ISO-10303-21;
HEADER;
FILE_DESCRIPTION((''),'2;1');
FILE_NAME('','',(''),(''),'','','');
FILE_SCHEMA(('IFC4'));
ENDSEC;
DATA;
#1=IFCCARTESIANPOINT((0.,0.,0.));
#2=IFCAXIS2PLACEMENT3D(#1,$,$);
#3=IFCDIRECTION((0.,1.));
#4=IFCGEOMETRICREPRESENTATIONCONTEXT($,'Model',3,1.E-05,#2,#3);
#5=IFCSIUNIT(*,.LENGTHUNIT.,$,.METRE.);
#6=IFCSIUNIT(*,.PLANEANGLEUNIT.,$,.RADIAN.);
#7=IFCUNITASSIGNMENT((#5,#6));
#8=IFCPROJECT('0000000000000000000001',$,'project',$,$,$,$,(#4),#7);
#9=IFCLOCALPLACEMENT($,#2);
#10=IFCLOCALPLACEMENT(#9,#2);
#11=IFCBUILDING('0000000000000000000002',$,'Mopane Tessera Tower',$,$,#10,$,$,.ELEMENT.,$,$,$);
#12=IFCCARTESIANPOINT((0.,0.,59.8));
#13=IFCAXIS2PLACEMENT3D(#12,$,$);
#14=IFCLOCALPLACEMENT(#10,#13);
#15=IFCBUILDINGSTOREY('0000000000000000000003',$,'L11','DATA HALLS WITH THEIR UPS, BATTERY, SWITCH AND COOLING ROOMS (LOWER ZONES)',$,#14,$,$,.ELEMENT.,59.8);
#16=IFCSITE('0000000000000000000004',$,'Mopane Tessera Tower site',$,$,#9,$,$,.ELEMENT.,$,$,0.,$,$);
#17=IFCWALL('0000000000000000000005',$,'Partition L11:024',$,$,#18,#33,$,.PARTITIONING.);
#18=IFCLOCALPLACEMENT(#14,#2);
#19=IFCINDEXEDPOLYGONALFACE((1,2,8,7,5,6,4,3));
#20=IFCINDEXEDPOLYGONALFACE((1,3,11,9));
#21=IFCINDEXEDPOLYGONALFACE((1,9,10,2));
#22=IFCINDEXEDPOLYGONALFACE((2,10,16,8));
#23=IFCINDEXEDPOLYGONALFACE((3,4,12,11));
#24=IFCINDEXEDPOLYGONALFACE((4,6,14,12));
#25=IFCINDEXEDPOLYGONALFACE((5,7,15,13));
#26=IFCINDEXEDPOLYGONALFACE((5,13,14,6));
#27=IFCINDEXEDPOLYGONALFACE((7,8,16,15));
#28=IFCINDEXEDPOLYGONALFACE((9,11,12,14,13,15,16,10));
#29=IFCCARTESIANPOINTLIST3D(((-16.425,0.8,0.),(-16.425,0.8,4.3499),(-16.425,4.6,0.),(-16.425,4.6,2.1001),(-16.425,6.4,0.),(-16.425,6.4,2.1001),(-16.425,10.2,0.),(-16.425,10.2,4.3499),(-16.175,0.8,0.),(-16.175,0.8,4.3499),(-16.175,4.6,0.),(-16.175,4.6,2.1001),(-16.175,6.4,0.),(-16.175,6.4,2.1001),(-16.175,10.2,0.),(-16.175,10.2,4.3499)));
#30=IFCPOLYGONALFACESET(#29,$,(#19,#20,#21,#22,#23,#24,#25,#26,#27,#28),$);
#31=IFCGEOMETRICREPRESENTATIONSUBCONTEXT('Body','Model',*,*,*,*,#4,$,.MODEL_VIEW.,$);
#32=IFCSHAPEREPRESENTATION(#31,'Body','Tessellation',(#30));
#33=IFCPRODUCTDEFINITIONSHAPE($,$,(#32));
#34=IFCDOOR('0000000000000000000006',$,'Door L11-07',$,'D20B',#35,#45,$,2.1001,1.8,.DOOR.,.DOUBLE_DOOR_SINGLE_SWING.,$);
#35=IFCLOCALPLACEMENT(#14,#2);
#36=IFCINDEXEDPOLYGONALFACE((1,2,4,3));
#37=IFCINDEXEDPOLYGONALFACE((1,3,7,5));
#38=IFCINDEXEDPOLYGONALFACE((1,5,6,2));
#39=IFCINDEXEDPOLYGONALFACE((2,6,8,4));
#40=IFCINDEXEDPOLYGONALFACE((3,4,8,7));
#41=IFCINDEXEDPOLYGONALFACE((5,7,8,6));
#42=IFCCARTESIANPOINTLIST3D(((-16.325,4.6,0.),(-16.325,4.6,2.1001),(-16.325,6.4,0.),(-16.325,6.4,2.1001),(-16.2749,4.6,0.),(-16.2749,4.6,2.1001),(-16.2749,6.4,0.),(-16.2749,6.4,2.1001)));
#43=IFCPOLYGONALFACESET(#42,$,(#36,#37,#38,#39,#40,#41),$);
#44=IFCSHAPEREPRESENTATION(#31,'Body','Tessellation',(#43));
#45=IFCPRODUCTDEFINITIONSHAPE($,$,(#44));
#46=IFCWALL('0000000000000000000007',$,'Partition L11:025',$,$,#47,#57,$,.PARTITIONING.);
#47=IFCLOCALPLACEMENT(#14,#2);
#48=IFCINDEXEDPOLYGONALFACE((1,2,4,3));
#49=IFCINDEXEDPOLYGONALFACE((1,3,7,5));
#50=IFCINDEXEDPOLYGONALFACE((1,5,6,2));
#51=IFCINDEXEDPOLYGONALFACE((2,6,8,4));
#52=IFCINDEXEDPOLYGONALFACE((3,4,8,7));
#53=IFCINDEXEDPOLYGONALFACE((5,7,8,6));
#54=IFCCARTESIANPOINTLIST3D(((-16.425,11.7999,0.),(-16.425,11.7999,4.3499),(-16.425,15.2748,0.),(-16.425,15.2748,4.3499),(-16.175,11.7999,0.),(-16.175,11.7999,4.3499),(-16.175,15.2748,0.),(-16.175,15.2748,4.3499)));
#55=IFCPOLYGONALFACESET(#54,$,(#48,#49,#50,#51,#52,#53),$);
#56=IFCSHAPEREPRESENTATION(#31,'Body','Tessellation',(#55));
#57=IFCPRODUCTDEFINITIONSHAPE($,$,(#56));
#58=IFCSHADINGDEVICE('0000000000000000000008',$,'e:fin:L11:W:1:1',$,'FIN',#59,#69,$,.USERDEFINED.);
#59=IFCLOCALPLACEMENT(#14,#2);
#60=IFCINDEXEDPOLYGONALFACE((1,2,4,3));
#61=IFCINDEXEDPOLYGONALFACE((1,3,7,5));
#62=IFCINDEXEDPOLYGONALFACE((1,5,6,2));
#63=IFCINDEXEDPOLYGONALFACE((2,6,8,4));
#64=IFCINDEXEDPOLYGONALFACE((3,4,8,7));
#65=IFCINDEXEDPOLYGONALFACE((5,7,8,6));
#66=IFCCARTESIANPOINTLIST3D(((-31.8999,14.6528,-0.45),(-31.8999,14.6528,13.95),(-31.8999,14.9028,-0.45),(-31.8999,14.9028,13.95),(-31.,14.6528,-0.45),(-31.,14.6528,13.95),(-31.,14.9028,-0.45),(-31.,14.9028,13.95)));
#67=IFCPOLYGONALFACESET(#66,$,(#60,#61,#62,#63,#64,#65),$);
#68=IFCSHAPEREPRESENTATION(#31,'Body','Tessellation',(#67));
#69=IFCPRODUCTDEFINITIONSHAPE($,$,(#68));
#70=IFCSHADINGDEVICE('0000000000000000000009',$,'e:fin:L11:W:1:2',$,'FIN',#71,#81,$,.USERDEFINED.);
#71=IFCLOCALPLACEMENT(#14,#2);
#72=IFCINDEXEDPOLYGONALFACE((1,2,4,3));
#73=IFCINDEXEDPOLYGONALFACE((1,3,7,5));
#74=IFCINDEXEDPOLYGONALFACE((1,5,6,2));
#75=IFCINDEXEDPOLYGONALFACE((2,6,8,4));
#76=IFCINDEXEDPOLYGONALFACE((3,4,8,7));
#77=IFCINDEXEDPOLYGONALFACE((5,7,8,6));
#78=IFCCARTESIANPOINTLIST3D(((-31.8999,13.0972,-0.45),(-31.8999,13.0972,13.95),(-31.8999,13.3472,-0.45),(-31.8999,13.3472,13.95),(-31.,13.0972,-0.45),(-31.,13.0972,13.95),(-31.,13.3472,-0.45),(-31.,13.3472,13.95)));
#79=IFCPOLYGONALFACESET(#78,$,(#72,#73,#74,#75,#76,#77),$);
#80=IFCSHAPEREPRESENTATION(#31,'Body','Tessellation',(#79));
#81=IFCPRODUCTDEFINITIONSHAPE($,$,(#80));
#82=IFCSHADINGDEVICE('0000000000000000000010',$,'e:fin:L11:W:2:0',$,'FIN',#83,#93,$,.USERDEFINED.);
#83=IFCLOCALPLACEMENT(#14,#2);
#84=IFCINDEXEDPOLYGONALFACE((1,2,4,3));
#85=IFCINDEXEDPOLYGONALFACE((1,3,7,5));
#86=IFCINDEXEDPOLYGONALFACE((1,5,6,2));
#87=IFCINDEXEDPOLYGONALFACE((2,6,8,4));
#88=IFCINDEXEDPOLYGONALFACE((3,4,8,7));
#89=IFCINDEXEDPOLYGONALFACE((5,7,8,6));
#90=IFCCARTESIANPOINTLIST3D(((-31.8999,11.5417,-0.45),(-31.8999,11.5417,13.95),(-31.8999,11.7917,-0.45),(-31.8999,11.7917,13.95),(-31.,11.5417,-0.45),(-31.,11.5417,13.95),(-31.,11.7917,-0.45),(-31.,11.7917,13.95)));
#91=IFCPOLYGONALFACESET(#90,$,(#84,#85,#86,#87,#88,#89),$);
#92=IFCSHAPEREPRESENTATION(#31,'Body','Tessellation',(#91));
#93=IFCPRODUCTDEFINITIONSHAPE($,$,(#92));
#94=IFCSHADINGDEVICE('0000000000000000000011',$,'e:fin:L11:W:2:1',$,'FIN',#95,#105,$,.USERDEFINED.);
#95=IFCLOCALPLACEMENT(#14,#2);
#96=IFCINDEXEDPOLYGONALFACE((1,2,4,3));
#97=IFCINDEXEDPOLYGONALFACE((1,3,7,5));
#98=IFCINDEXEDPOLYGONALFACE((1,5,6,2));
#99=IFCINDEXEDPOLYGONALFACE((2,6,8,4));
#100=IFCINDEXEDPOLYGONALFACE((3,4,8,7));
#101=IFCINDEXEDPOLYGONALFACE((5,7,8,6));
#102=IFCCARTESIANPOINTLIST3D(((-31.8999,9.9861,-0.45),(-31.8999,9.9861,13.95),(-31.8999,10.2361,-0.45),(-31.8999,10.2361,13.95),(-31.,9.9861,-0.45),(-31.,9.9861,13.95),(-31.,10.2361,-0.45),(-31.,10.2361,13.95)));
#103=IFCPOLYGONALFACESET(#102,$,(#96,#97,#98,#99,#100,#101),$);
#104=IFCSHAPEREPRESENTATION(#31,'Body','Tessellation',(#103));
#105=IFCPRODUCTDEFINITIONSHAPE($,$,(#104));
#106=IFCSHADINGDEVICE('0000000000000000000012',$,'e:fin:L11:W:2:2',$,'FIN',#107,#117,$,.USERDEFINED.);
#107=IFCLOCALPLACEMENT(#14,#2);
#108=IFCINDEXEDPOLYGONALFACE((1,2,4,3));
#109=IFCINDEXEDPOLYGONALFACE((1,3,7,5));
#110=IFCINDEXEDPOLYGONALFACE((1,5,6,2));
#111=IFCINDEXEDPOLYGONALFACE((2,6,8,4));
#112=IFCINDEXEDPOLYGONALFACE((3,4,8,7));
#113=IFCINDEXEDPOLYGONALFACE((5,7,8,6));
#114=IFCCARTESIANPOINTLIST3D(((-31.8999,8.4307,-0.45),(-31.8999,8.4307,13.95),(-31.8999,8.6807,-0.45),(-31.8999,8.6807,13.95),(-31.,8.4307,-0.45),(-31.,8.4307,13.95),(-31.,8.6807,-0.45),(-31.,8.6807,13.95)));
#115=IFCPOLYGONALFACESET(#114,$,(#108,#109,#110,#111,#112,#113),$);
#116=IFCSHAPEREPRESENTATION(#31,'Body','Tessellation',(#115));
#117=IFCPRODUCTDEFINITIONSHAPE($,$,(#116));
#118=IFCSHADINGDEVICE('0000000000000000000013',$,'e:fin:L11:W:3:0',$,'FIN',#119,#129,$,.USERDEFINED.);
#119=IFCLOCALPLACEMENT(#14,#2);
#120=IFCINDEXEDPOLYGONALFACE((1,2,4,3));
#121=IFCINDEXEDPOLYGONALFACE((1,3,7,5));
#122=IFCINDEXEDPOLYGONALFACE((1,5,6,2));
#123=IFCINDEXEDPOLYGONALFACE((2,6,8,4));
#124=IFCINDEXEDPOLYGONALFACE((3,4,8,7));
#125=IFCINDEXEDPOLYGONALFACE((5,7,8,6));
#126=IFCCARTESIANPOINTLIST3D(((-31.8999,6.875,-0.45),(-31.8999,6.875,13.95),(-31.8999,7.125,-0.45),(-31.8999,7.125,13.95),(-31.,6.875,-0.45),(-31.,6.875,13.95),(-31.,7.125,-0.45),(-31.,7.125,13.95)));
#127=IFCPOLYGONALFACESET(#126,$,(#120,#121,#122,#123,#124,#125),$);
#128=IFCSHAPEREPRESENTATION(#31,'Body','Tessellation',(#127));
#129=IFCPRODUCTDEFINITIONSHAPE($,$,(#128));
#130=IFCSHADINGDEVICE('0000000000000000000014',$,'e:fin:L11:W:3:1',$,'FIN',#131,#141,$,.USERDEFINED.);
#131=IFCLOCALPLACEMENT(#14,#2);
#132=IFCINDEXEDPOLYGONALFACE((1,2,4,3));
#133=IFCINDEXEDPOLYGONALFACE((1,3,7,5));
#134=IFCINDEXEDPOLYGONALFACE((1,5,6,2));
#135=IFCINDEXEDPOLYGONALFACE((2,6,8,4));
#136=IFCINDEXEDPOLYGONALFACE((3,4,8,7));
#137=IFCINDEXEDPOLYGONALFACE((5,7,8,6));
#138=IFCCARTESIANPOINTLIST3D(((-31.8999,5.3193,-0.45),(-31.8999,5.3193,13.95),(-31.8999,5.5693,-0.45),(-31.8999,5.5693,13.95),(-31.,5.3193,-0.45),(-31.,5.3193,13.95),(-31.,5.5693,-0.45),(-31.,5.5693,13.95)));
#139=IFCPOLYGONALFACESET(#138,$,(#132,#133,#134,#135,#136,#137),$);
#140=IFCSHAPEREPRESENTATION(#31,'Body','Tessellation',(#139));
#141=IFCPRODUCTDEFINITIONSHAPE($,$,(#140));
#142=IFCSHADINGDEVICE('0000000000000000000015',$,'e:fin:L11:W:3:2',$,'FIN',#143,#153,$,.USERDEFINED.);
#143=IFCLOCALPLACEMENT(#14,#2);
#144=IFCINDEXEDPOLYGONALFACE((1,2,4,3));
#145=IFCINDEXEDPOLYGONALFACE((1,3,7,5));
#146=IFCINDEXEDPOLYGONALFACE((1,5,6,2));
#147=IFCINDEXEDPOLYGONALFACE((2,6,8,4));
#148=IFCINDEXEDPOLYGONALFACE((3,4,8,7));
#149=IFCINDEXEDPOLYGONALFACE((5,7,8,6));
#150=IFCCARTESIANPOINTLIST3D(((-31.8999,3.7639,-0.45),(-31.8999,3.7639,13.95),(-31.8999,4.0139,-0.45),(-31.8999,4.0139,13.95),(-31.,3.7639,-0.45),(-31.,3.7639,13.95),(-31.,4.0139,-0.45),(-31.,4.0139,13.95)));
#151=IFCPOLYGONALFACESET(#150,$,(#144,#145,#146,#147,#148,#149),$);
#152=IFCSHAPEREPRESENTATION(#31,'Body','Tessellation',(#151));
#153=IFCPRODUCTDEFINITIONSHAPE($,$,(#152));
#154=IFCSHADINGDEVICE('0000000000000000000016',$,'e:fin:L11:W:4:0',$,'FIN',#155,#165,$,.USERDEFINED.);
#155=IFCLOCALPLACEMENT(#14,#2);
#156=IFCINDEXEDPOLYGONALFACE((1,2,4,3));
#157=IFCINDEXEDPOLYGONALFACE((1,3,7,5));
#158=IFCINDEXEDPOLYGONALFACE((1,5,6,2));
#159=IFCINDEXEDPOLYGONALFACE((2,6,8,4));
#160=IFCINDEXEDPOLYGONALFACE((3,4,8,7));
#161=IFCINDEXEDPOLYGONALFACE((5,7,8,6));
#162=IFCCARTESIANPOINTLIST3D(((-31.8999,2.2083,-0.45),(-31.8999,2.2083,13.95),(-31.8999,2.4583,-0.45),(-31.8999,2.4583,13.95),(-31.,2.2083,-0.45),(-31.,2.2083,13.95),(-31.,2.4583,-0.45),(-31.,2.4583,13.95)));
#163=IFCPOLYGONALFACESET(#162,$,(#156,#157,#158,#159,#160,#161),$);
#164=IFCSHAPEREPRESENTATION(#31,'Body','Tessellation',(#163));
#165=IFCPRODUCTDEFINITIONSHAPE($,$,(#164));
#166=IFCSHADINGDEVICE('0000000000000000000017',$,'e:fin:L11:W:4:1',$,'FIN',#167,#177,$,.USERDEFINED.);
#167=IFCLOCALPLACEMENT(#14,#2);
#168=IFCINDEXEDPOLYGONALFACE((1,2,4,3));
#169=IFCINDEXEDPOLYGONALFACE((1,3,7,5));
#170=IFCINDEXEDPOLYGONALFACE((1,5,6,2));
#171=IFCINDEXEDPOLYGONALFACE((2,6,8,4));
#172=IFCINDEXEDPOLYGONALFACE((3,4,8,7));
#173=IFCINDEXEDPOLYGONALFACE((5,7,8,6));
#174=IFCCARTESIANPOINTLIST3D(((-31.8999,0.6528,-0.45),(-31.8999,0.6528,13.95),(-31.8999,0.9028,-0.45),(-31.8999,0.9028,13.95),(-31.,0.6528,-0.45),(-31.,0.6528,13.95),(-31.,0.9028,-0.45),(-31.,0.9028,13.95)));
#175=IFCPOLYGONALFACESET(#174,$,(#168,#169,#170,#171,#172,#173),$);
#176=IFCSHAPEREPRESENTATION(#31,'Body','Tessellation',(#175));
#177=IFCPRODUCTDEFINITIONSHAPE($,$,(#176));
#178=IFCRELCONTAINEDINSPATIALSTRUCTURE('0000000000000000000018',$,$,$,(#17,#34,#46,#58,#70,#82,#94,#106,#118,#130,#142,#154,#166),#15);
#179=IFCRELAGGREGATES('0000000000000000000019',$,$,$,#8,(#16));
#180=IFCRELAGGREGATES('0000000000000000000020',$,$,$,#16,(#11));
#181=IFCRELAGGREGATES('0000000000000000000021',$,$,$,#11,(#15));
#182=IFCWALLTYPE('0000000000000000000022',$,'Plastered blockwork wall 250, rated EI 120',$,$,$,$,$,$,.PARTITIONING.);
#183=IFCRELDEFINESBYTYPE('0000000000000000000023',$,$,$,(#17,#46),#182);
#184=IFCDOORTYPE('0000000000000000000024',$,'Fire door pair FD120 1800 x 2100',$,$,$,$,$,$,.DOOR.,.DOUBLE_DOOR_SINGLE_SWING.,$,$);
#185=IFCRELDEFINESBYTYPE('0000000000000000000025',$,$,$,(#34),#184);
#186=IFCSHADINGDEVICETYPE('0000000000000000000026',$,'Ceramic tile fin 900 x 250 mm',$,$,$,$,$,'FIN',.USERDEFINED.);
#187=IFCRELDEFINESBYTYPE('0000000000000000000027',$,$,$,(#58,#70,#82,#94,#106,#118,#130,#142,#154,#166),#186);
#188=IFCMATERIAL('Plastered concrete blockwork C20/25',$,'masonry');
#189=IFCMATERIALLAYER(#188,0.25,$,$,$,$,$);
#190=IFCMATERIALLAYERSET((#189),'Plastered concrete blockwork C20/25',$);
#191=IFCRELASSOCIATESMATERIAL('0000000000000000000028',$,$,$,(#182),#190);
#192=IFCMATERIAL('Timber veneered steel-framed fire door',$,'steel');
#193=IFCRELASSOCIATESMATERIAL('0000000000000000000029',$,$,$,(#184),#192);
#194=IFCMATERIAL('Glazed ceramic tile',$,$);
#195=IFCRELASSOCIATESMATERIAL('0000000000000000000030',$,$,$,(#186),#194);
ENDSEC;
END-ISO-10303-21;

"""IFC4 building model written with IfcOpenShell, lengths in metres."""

from ifc_helpers import new_model, si_unit, direction, frame, frame_2d, origin, origin_2d, place, context, subcontext, project, spatial, rectangle, extrude, material, layer, layer_set, type_object, element, fill, save


model = new_model("IFC4")

# Units and contexts
model_context = context("Model", 3, precision=1e-05, world=origin(), true_north=direction((0.0, 1.0)))
body_context = subcontext(model_context, "Body", "Model", "MODEL_VIEW")
ifc_project = project(units=[si_unit("LENGTHUNIT", "METRE"), si_unit("PLANEANGLEUNIT", "RADIAN")], contexts=[model_context])

# Site, building, storey
site_placement = place(None, origin())
site = spatial("IfcSite", under=ifc_project, at=site_placement, Name="Mopane Tessera Tower site", CompositionType="ELEMENT", RefElevation=0.0)
building_placement = place(site_placement, origin())
building = spatial("IfcBuilding", under=site, at=building_placement, Name="Mopane Tessera Tower", CompositionType="ELEMENT")
storey_placement = place(building_placement, frame((0.0, 0.0, 59.8)))
storey = spatial("IfcBuildingStorey", under=building, at=storey_placement, Name="L11", Description="DATA HALLS WITH THEIR UPS, BATTERY, SWITCH AND COOLING ROOMS (LOWER ZONES)", CompositionType="ELEMENT", Elevation=59.8)

# Shared definitions
ifc_material_1 = material(Name="Plastered concrete blockwork C20/25", Category="masonry")
ifc_layer_1 = layer(ifc_material_1, 0.25)
ifc_layer_set_1 = layer_set([ifc_layer_1], Name="Plastered concrete blockwork C20/25")
wall_type = type_object("IfcWallType", Name="Plastered blockwork wall 250, rated EI 120", PredefinedType="PARTITIONING", material=ifc_layer_set_1)

# Wall, opening, door
wall_1_placement = place(storey_placement, frame((-16.3, 0.8, 0.0), z_axis=(0.0, 0.0, 1.0), x_axis=(0.0, 1.0, 0.0)))
wall_1 = element("IfcWall", 1, at=wall_1_placement, inside=storey, type_object=wall_type, Name="Partition L11:024", PredefinedType="PARTITIONING", context=body_context, shape_type="SweptSolid", body=[
    extrude(rectangle(XDim=9.3999, YDim=0.25, at=frame_2d((4.7, 0.0))), origin(), (0.0, 0.0, 1.0), 4.3499),
])
opening_placement = place(wall_1_placement, frame((3.8, 0.0, 0.0)))
opening = element("IfcOpeningElement", 2, at=opening_placement, cuts=wall_1, PredefinedType="OPENING", context=body_context, shape_type="SweptSolid", body=[
    extrude(rectangle(XDim=1.8, YDim=2.1001, at=frame_2d((0.8999, 1.05))), frame((0.0, 0.137, 0.0), z_axis=(0.0, -1.0, 0.0), x_axis=(1.0, 0.0, 0.0)), (0.0, 0.0, 1.0), 0.2739),
])
ifc_material_2 = material(Name="Timber veneered steel-framed fire door", Category="steel")
door_type = type_object("IfcDoorType", Name="Fire door pair FD120 1800 x 2100", OperationType="DOUBLE_DOOR_SINGLE_SWING", PredefinedType="DOOR", material=ifc_material_2)
door_placement = place(opening_placement, origin())
door = element("IfcDoor", 3, at=door_placement, inside=storey, type_object=door_type, Name="Door L11-07", ObjectType="D20B", OperationType="DOUBLE_DOOR_SINGLE_SWING", OverallHeight=2.1001, OverallWidth=1.8, PredefinedType="DOOR", context=body_context, shape_type="SweptSolid", body=[
    extrude(rectangle(XDim=1.8, YDim=2.1001, at=frame_2d((0.8999, 1.05))), frame((0.0, 0.0249, 0.0), z_axis=(0.0, -1.0, 0.0), x_axis=(1.0, 0.0, 0.0)), (0.0, 0.0, 1.0), 0.05),
])
fill(opening, door)

# Wall
wall_2_placement = place(storey_placement, frame((-16.3, 11.8, 0.0), z_axis=(0.0, 0.0, 1.0), x_axis=(0.0, 1.0, 0.0)))
element("IfcWall", 4, at=wall_2_placement, inside=storey, type_object=wall_type, Name="Partition L11:025", PredefinedType="PARTITIONING", context=body_context, shape_type="SweptSolid", body=[
    extrude(rectangle(XDim=3.4749, YDim=0.25, at=frame_2d((1.7373, 0.0))), origin(), (0.0, 0.0, 1.0), 4.3499),
])

# Shading devices
ifc_material_3 = material(Name="Glazed ceramic tile")
shading_device_type = type_object("IfcShadingDeviceType", Name="Ceramic tile fin 900 x 250 mm", ElementType="FIN", PredefinedType="USERDEFINED", material=ifc_material_3)
for number, where, z_axis, x_axis, name in (
    (5, (-31.45, 14.7778, -0.45), (0.0, 0.0, 1.0), (0.0, -1.0, 0.0), "e:fin:L11:W:1:1"),
    (6, (-31.45, 13.2222, -0.45), (0.0, 0.0, 1.0), (0.0, -1.0, 0.0), "e:fin:L11:W:1:2"),
    (7, (-31.45, 11.6667, -0.45), (0.0, 0.0, 1.0), (0.0, -1.0, 0.0), "e:fin:L11:W:2:0"),
    (8, (-31.45, 10.1111, -0.45), (0.0, 0.0, 1.0), (0.0, -1.0, 0.0), "e:fin:L11:W:2:1"),
    (9, (-31.45, 8.5557, -0.45), (0.0, 0.0, 1.0), (0.0, -1.0, 0.0), "e:fin:L11:W:2:2"),
    (10, (-31.45, 7.0, -0.45), (0.0, 0.0, 1.0), (0.0, -1.0, 0.0), "e:fin:L11:W:3:0"),
    (11, (-31.45, 5.4443, -0.45), (0.0, 0.0, 1.0), (0.0, -1.0, 0.0), "e:fin:L11:W:3:1"),
    (12, (-31.45, 3.8889, -0.45), (0.0, 0.0, 1.0), (0.0, -1.0, 0.0), "e:fin:L11:W:3:2"),
    (13, (-31.45, 2.3333, -0.45), (0.0, 0.0, 1.0), (0.0, -1.0, 0.0), "e:fin:L11:W:4:0"),
    (14, (-31.45, 0.7778, -0.45), (0.0, 0.0, 1.0), (0.0, -1.0, 0.0), "e:fin:L11:W:4:1"),
):
    element("IfcShadingDevice", number, at=place(storey_placement, frame(where, z_axis=z_axis, x_axis=x_axis)), inside=storey, type_object=shading_device_type, Name=name, ObjectType="FIN", PredefinedType="USERDEFINED", context=body_context, shape_type="SweptSolid", body=[
        extrude(rectangle(XDim=0.25, YDim=0.8999, at=origin_2d()), origin(), (0.0, 0.0, 1.0), 14.3999),
    ])

save(model, "model.ifc")
